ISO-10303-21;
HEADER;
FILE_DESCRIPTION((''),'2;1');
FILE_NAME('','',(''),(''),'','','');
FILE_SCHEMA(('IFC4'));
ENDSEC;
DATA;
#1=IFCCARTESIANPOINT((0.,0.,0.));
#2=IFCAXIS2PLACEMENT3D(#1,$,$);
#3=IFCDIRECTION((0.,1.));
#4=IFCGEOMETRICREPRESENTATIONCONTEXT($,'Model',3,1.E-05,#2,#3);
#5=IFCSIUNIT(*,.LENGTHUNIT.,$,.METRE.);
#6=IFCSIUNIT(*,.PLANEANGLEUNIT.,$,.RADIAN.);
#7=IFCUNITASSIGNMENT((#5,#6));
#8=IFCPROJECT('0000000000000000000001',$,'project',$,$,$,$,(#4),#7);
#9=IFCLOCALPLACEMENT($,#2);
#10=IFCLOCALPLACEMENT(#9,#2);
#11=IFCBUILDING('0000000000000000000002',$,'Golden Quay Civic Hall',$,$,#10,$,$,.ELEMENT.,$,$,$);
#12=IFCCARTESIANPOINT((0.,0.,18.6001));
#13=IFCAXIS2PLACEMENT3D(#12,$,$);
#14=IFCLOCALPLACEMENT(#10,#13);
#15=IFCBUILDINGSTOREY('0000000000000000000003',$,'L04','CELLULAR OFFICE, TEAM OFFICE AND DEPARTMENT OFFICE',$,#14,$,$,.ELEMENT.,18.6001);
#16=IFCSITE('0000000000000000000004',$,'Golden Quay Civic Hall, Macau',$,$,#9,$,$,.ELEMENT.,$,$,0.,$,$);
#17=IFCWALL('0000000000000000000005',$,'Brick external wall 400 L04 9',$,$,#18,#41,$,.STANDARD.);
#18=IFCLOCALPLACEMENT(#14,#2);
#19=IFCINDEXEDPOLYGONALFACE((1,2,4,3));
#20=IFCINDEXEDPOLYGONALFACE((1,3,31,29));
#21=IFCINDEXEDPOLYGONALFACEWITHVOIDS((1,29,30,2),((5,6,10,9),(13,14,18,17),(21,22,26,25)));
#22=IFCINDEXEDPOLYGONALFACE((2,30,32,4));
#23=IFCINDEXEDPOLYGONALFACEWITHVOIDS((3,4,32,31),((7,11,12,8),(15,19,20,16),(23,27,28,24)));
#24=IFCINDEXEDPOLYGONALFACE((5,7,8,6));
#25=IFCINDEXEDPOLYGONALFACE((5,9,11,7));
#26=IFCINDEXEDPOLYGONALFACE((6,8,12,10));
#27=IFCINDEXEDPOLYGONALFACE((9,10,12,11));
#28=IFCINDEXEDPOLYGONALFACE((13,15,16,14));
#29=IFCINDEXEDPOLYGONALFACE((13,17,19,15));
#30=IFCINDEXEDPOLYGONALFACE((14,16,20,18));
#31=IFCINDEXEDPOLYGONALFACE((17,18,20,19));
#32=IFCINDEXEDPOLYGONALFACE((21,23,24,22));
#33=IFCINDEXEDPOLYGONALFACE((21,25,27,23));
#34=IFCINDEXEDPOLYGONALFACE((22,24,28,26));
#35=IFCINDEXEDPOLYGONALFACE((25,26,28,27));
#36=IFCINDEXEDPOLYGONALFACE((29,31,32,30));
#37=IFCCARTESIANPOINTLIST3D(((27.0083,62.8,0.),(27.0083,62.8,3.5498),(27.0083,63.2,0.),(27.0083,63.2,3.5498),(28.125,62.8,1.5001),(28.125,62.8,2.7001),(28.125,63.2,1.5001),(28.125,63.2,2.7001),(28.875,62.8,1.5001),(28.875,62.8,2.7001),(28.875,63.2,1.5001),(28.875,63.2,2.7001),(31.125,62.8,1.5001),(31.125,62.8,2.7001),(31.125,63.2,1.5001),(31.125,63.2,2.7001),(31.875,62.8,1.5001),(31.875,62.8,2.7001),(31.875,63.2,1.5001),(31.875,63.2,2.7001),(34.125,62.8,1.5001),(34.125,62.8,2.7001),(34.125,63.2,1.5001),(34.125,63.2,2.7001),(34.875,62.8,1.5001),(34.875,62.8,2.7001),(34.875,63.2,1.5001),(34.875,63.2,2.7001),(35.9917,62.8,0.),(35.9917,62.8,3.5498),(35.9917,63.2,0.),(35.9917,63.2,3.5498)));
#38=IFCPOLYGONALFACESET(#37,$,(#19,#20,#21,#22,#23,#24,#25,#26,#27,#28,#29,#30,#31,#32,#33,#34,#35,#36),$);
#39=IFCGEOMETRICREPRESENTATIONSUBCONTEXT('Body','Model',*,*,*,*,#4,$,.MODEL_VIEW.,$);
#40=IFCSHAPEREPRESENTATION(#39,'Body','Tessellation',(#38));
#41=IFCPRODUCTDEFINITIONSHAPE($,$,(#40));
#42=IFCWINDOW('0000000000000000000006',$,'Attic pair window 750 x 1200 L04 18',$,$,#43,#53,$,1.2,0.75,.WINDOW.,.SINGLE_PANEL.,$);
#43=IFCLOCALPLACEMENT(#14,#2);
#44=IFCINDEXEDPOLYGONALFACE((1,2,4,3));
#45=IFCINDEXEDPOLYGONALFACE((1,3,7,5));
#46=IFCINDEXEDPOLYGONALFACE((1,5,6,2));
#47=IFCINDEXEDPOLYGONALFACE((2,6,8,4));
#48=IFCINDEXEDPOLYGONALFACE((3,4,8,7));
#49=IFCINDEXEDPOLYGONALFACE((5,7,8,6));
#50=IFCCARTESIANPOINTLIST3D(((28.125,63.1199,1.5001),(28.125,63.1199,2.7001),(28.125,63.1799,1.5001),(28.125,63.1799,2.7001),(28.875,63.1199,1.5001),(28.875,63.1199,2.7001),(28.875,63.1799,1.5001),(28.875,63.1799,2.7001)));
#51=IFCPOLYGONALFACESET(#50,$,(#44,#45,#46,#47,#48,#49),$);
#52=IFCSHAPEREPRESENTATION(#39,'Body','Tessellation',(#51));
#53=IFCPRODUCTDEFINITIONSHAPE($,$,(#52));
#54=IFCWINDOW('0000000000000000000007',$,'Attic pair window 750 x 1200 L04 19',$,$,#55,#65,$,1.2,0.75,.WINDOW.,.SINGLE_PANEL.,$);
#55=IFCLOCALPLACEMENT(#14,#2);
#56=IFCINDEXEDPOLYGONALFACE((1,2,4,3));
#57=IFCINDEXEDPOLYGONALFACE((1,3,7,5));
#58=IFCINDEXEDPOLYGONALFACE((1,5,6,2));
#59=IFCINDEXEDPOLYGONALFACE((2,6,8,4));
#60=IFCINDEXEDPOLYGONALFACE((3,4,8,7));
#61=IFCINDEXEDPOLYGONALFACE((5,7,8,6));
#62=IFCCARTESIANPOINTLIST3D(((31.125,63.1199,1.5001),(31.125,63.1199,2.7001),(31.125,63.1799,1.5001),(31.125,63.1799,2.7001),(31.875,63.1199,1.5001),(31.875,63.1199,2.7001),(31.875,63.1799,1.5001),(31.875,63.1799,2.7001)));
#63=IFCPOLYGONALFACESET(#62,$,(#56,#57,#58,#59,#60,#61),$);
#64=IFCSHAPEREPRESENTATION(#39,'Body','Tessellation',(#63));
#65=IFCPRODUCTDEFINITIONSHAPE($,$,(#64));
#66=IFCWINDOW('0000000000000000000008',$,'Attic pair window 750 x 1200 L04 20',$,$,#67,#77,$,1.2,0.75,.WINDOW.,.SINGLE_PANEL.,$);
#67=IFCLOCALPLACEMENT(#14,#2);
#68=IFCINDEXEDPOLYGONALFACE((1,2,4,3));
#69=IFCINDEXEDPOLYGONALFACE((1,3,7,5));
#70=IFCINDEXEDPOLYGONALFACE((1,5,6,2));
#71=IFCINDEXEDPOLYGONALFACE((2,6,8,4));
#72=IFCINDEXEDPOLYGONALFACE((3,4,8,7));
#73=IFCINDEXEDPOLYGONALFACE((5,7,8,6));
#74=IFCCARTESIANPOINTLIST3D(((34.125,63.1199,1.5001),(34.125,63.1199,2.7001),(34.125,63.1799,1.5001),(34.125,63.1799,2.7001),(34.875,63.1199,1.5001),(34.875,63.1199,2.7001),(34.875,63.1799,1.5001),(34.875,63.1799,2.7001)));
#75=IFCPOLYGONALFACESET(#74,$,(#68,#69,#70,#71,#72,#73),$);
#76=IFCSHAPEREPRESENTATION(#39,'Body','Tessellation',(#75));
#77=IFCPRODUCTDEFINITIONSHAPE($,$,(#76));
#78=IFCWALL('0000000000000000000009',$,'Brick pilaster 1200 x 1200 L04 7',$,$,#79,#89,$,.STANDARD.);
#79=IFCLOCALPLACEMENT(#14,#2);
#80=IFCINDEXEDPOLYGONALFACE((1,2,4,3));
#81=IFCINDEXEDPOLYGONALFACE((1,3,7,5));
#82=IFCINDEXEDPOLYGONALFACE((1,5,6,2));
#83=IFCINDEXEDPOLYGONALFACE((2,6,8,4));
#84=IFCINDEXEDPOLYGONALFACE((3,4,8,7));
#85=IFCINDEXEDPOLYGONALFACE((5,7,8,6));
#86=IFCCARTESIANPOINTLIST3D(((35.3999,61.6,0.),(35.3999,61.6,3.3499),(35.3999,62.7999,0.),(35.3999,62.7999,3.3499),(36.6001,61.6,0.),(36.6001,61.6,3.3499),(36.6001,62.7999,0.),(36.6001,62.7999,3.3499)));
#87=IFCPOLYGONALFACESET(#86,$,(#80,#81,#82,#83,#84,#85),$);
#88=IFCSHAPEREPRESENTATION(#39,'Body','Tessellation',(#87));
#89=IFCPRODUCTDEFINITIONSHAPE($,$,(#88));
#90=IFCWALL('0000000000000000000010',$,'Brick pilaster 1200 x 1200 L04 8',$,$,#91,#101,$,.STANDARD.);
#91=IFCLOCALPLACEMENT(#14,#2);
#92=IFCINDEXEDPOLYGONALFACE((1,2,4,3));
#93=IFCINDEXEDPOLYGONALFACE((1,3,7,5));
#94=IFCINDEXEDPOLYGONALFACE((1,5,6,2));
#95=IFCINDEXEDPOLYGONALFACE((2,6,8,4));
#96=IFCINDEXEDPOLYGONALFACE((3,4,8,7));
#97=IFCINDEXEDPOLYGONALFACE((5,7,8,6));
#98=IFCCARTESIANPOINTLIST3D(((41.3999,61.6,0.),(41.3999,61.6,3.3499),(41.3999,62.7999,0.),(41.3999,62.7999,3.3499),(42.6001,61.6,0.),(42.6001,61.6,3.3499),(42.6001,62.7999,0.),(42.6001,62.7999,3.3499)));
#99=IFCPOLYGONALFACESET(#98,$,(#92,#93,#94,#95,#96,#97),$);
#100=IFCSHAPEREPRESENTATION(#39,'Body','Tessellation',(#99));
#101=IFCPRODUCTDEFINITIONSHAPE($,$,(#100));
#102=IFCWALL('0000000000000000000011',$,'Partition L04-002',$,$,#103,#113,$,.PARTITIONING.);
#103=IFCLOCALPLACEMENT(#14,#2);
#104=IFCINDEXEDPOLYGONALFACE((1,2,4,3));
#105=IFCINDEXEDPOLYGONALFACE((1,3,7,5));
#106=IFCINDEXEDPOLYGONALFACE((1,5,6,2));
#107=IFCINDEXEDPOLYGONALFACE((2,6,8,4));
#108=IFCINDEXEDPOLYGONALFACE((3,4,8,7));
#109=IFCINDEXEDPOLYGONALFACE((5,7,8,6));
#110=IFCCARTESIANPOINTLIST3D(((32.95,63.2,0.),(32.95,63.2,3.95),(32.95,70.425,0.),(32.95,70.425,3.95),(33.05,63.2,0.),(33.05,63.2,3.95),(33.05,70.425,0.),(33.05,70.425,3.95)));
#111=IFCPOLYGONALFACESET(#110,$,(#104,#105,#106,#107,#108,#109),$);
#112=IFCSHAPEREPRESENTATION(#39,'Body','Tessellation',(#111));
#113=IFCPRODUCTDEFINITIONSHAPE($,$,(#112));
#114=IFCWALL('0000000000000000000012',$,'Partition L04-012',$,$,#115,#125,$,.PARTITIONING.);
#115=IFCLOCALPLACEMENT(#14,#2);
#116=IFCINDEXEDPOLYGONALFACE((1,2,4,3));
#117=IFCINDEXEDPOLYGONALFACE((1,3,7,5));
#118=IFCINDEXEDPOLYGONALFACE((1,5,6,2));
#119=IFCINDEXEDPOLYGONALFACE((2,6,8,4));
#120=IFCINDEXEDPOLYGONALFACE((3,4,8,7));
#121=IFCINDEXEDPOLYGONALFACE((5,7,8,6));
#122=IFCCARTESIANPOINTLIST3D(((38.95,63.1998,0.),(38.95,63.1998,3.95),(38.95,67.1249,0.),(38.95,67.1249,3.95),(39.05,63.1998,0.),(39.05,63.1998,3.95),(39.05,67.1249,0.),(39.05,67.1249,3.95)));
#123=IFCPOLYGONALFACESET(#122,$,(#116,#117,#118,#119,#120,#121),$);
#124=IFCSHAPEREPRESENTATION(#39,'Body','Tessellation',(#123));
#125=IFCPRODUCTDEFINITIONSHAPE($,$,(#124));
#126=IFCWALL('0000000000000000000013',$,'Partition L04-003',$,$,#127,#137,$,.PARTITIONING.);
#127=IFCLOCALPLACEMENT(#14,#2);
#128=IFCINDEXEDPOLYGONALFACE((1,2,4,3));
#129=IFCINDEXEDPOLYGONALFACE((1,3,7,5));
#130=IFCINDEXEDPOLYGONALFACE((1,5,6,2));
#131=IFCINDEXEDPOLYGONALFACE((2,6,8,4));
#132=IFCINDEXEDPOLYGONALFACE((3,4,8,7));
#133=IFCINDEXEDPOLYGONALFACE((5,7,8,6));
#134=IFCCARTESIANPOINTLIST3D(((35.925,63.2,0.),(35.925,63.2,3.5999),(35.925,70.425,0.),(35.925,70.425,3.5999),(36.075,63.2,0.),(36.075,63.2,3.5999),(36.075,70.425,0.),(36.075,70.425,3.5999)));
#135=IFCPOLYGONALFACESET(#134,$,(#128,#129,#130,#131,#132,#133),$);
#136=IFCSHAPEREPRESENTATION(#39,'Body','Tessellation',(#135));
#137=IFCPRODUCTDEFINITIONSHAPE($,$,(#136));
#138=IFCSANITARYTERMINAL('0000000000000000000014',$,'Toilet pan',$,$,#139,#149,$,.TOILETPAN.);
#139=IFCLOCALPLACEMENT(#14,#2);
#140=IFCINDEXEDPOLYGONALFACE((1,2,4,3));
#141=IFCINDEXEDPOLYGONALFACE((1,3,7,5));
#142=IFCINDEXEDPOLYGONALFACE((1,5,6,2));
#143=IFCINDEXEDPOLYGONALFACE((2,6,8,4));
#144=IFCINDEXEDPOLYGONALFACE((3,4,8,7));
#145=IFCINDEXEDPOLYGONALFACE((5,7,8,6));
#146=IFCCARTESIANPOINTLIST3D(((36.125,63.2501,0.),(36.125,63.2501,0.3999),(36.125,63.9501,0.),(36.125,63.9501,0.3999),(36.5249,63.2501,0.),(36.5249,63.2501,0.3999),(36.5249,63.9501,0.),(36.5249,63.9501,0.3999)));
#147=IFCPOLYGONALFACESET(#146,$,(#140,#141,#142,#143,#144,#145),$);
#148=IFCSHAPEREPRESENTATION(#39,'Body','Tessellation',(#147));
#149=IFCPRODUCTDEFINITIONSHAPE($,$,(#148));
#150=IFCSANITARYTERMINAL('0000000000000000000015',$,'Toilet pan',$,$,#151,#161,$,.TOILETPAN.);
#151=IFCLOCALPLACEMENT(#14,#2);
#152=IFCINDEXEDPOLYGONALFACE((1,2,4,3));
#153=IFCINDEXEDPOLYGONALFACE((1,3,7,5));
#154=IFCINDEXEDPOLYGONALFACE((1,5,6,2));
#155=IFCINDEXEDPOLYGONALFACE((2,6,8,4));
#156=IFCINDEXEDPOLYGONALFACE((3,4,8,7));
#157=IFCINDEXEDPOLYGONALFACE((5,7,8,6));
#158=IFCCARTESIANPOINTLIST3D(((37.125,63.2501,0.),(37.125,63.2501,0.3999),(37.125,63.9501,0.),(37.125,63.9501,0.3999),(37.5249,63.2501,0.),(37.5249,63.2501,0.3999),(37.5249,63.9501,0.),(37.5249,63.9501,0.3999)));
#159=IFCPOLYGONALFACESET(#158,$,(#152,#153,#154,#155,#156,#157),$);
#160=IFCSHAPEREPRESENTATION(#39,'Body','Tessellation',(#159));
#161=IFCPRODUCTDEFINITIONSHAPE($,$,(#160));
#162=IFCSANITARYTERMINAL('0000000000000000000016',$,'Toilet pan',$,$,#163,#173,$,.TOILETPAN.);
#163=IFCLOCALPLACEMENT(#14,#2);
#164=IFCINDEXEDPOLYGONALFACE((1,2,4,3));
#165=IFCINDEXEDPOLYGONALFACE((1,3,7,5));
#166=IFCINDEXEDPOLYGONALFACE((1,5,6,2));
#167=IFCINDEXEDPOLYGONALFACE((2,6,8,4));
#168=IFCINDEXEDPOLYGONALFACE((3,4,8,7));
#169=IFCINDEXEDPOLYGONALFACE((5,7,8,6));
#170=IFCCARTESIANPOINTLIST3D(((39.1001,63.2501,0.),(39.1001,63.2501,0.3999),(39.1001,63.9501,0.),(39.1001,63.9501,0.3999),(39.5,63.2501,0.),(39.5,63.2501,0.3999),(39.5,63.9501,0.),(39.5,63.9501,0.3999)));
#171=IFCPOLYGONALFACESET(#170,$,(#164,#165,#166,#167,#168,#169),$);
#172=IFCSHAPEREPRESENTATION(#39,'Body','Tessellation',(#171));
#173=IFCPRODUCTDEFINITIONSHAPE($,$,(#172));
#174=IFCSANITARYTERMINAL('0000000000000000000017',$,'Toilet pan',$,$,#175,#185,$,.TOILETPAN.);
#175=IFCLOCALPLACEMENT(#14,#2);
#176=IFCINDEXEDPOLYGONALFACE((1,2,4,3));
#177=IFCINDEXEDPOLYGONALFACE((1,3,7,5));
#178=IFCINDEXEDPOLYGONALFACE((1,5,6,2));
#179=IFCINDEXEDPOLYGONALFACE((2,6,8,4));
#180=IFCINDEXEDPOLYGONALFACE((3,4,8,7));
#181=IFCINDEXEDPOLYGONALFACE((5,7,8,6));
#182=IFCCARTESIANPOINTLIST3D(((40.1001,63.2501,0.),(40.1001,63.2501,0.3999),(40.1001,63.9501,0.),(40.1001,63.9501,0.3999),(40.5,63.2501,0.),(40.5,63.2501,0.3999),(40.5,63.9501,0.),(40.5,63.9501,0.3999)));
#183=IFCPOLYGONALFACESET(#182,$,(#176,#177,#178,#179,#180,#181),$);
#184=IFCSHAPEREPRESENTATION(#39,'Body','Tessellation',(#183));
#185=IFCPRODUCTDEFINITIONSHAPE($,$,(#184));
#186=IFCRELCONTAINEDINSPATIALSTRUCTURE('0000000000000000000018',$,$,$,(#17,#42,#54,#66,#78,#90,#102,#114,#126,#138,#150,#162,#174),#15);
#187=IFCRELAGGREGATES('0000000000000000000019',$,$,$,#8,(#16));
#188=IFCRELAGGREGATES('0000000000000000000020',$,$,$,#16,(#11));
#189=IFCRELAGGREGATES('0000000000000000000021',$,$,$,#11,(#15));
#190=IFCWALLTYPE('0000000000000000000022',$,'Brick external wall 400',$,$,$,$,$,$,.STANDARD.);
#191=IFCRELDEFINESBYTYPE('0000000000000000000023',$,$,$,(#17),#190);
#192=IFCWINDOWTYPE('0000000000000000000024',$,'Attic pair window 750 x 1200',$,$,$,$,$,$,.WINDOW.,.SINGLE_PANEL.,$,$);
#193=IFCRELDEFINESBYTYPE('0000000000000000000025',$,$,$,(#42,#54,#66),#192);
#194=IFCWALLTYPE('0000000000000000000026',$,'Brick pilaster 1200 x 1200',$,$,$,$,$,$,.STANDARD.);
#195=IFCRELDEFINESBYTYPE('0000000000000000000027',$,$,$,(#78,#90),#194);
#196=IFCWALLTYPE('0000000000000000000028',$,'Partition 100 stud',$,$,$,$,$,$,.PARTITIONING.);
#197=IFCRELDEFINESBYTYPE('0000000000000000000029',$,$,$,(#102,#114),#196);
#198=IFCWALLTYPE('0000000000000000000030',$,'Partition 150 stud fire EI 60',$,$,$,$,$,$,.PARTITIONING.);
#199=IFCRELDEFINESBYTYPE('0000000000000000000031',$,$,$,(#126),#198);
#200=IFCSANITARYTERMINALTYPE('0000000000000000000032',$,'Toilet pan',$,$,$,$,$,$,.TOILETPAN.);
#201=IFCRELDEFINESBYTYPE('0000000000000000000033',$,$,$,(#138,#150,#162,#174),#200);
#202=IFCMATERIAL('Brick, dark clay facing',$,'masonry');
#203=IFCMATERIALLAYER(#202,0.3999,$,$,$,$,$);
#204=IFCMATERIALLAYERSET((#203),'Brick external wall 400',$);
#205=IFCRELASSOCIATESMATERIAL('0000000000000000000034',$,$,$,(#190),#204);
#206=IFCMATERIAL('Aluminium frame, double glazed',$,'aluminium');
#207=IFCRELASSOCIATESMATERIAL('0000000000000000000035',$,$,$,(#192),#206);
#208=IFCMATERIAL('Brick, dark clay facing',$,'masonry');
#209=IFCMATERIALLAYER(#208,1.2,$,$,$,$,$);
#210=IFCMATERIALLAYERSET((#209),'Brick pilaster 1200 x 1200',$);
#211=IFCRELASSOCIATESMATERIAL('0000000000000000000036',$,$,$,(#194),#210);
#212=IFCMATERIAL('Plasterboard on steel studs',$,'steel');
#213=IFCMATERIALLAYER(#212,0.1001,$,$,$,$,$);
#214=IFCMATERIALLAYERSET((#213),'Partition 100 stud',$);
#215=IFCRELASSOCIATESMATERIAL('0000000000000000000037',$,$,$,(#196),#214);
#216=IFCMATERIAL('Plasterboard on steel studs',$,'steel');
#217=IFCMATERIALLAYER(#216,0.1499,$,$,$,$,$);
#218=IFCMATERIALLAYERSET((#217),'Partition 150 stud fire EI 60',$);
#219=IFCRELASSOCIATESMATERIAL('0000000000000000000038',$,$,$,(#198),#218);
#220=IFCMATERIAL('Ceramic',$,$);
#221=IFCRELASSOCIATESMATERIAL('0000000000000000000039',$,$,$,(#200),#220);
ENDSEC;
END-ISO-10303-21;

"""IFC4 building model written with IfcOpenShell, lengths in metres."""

from ifc_helpers import new_model, si_unit, direction, frame, frame_2d, origin, origin_2d, place, context, subcontext, project, spatial, rectangle, extrude, material, layer, layer_set, type_object, element, fill, save


model = new_model("IFC4")

# Units and contexts
model_context = context("Model", 3, precision=1e-05, world=origin(), true_north=direction((0.0, 1.0)))
body_context = subcontext(model_context, "Body", "Model", "MODEL_VIEW")
ifc_project = project(units=[si_unit("LENGTHUNIT", "METRE"), si_unit("PLANEANGLEUNIT", "RADIAN")], contexts=[model_context])

# Site, building, storey
site_placement = place(None, origin())
site = spatial("IfcSite", under=ifc_project, at=site_placement, Name="Golden Quay Civic Hall, Macau", CompositionType="ELEMENT", RefElevation=0.0)
building_placement = place(site_placement, origin())
building = spatial("IfcBuilding", under=site, at=building_placement, Name="Golden Quay Civic Hall", CompositionType="ELEMENT")
storey_placement = place(building_placement, frame((0.0, 0.0, 18.6001)))
storey = spatial("IfcBuildingStorey", under=building, at=storey_placement, Name="L04", Description="CELLULAR OFFICE, TEAM OFFICE AND DEPARTMENT OFFICE", CompositionType="ELEMENT", Elevation=18.6001)

# Wall, openings, windows
ifc_material_1 = material(Name="Brick, dark clay facing", Category="masonry")
ifc_layer_1 = layer(ifc_material_1, 0.3999)
ifc_layer_set_1 = layer_set([ifc_layer_1], Name="Brick external wall 400")
wall_type_1 = type_object("IfcWallType", Name="Brick external wall 400", PredefinedType="STANDARD", material=ifc_layer_set_1)
wall_1_placement = place(storey_placement, frame((35.9917, 63.0, 0.0), z_axis=(0.0, 0.0, 1.0), x_axis=(-1.0, 0.0, 0.0)))
wall_1 = element("IfcWall", 1, at=wall_1_placement, inside=storey, type_object=wall_type_1, Name="Brick external wall 400 L04 9", PredefinedType="STANDARD", context=body_context, shape_type="SweptSolid", body=[
    extrude(rectangle(XDim=8.9834, YDim=0.3999, at=frame_2d((4.4917, 0.0))), origin(), (0.0, 0.0, 1.0), 3.5498),
])
opening_1_placement = place(wall_1_placement, frame((7.1167, 0.0, 1.5)))
opening_1 = element("IfcOpeningElement", 2, at=opening_1_placement, cuts=wall_1, PredefinedType="OPENING", context=body_context, shape_type="SweptSolid", body=[
    extrude(rectangle(XDim=0.75, YDim=1.2, at=frame_2d((0.375, 0.6001))), frame((0.0, 0.21, 0.0), z_axis=(0.0, -1.0, 0.0), x_axis=(1.0, 0.0, 0.0)), (0.0, 0.0, 1.0), 0.4199),
])
opening_2_placement = place(wall_1_placement, frame((4.1167, 0.0, 1.5)))
opening_2 = element("IfcOpeningElement", 3, at=opening_2_placement, cuts=wall_1, PredefinedType="OPENING", context=body_context, shape_type="SweptSolid", body=[
    extrude(rectangle(XDim=0.75, YDim=1.2, at=frame_2d((0.375, 0.6001))), frame((0.0, 0.21, 0.0), z_axis=(0.0, -1.0, 0.0), x_axis=(1.0, 0.0, 0.0)), (0.0, 0.0, 1.0), 0.4199),
])
opening_3_placement = place(wall_1_placement, frame((1.1167, 0.0, 1.5)))
opening_3 = element("IfcOpeningElement", 4, at=opening_3_placement, cuts=wall_1, PredefinedType="OPENING", context=body_context, shape_type="SweptSolid", body=[
    extrude(rectangle(XDim=0.75, YDim=1.2, at=frame_2d((0.375, 0.6001))), frame((0.0, 0.21, 0.0), z_axis=(0.0, -1.0, 0.0), x_axis=(1.0, 0.0, 0.0)), (0.0, 0.0, 1.0), 0.4199),
])
ifc_material_2 = material(Name="Aluminium frame, double glazed", Category="aluminium")
window_type = type_object("IfcWindowType", Name="Attic pair window 750 x 1200", PartitioningType="SINGLE_PANEL", PredefinedType="WINDOW", material=ifc_material_2)
window_1_placement = place(opening_1_placement, origin())
window_1 = element("IfcWindow", 5, at=window_1_placement, inside=storey, type_object=window_type, Name="Attic pair window 750 x 1200 L04 18", OverallHeight=1.2, OverallWidth=0.75, PartitioningType="SINGLE_PANEL", PredefinedType="WINDOW", context=body_context, shape_type="SweptSolid", body=[
    extrude(rectangle(XDim=0.75, YDim=1.2, at=frame_2d((0.375, 0.6001))), frame((0.0, -0.1199, 0.0), z_axis=(0.0, -1.0, 0.0), x_axis=(1.0, 0.0, 0.0)), (0.0, 0.0, 1.0), 0.0601),
])
fill(opening_1, window_1)
window_2_placement = place(opening_2_placement, origin())
window_2 = element("IfcWindow", 6, at=window_2_placement, inside=storey, type_object=window_type, Name="Attic pair window 750 x 1200 L04 19", OverallHeight=1.2, OverallWidth=0.75, PartitioningType="SINGLE_PANEL", PredefinedType="WINDOW", context=body_context, shape_type="SweptSolid", body=[
    extrude(rectangle(XDim=0.75, YDim=1.2, at=frame_2d((0.375, 0.6001))), frame((0.0, -0.1199, 0.0), z_axis=(0.0, -1.0, 0.0), x_axis=(1.0, 0.0, 0.0)), (0.0, 0.0, 1.0), 0.0601),
])
fill(opening_2, window_2)
window_3_placement = place(opening_3_placement, origin())
window_3 = element("IfcWindow", 7, at=window_3_placement, inside=storey, type_object=window_type, Name="Attic pair window 750 x 1200 L04 20", OverallHeight=1.2, OverallWidth=0.75, PartitioningType="SINGLE_PANEL", PredefinedType="WINDOW", context=body_context, shape_type="SweptSolid", body=[
    extrude(rectangle(XDim=0.75, YDim=1.2, at=frame_2d((0.375, 0.6001))), frame((0.0, -0.1199, 0.0), z_axis=(0.0, -1.0, 0.0), x_axis=(1.0, 0.0, 0.0)), (0.0, 0.0, 1.0), 0.0601),
])
fill(opening_3, window_3)

# Walls
ifc_material_3 = material(Name="Brick, dark clay facing", Category="masonry")
ifc_layer_2 = layer(ifc_material_3, 1.2)
ifc_layer_set_2 = layer_set([ifc_layer_2], Name="Brick pilaster 1200 x 1200")
wall_type_2 = type_object("IfcWallType", Name="Brick pilaster 1200 x 1200", PredefinedType="STANDARD", material=ifc_layer_set_2)
for number, where, z_axis, x_axis, name in (
    (8, (35.3999, 62.2, 0.0), (0.0, 0.0, 1.0), (1.0, 0.0, 0.0), "Brick pilaster 1200 x 1200 L04 7"),
    (9, (41.3999, 62.2, 0.0), (0.0, 0.0, 1.0), (1.0, 0.0, 0.0), "Brick pilaster 1200 x 1200 L04 8"),
):
    element("IfcWall", number, at=place(storey_placement, frame(where, z_axis=z_axis, x_axis=x_axis)), inside=storey, type_object=wall_type_2, Name=name, PredefinedType="STANDARD", context=body_context, shape_type="SweptSolid", body=[
        extrude(rectangle(XDim=1.2002, YDim=1.2, at=frame_2d((0.6001, 0.0))), origin(), (0.0, 0.0, 1.0), 3.3499),
    ])
ifc_material_4 = material(Name="Plasterboard on steel studs", Category="steel")
ifc_layer_3 = layer(ifc_material_4, 0.1001)
ifc_layer_set_3 = layer_set([ifc_layer_3], Name="Partition 100 stud")
wall_type_3 = type_object("IfcWallType", Name="Partition 100 stud", PredefinedType="PARTITIONING", material=ifc_layer_set_3)
wall_2_placement = place(storey_placement, frame((33.0, 63.2, 0.0), z_axis=(0.0, 0.0, 1.0), x_axis=(0.0, 1.0, 0.0)))
element("IfcWall", 10, at=wall_2_placement, inside=storey, type_object=wall_type_3, Name="Partition L04-002", PredefinedType="PARTITIONING", context=body_context, shape_type="SweptSolid", body=[
    extrude(rectangle(XDim=7.2251, YDim=0.1001, at=frame_2d((3.6125, 0.0))), origin(), (0.0, 0.0, 1.0), 3.95),
])
wall_3_placement = place(storey_placement, frame((39.0, 63.2, 0.0), z_axis=(0.0, 0.0, 1.0), x_axis=(0.0, 1.0, 0.0)))
element("IfcWall", 11, at=wall_3_placement, inside=storey, type_object=wall_type_3, Name="Partition L04-012", PredefinedType="PARTITIONING", context=body_context, shape_type="SweptSolid", body=[
    extrude(rectangle(XDim=3.925, YDim=0.1001, at=frame_2d((1.9624, 0.0))), origin(), (0.0, 0.0, 1.0), 3.95),
])
ifc_material_5 = material(Name="Plasterboard on steel studs", Category="steel")
ifc_layer_4 = layer(ifc_material_5, 0.1499)
ifc_layer_set_4 = layer_set([ifc_layer_4], Name="Partition 150 stud fire EI 60")
wall_type_4 = type_object("IfcWallType", Name="Partition 150 stud fire EI 60", PredefinedType="PARTITIONING", material=ifc_layer_set_4)
wall_4_placement = place(storey_placement, frame((36.0, 63.2, 0.0), z_axis=(0.0, 0.0, 1.0), x_axis=(0.0, 1.0, 0.0)))
element("IfcWall", 12, at=wall_4_placement, inside=storey, type_object=wall_type_4, Name="Partition L04-003", PredefinedType="PARTITIONING", context=body_context, shape_type="SweptSolid", body=[
    extrude(rectangle(XDim=7.2251, YDim=0.1499, at=frame_2d((3.6125, 0.0))), origin(), (0.0, 0.0, 1.0), 3.5999),
])

# Sanitary terminals
ifc_material_6 = material(Name="Ceramic")
sanitary_terminal_type_1 = type_object("IfcSanitaryTerminalType", Name="Toilet pan", PredefinedType="TOILETPAN", material=ifc_material_6)
for number, where, z_axis, x_axis, name in (
    (13, (36.325, 63.6001, 0.0), (0.0, 0.0, 1.0), (1.0, 0.0, 0.0), "Toilet pan"),
    (14, (37.325, 63.6001, 0.0), (0.0, 0.0, 1.0), (1.0, 0.0, 0.0), "Toilet pan"),
    (15, (39.3, 63.6001, 0.0), (0.0, 0.0, 1.0), (1.0, 0.0, 0.0), "Toilet pan"),
    (16, (40.3, 63.6001, 0.0), (0.0, 0.0, 1.0), (1.0, 0.0, 0.0), "Toilet pan"),
):
    element("IfcSanitaryTerminal", number, at=place(storey_placement, frame(where, z_axis=z_axis, x_axis=x_axis)), inside=storey, type_object=sanitary_terminal_type_1, Name=name, PredefinedType="TOILETPAN", context=body_context, shape_type="SweptSolid", body=[
        extrude(rectangle(XDim=0.3999, YDim=0.7, at=origin_2d()), origin(), (0.0, 0.0, 1.0), 0.3999),
    ])

save(model, "model.ifc")
